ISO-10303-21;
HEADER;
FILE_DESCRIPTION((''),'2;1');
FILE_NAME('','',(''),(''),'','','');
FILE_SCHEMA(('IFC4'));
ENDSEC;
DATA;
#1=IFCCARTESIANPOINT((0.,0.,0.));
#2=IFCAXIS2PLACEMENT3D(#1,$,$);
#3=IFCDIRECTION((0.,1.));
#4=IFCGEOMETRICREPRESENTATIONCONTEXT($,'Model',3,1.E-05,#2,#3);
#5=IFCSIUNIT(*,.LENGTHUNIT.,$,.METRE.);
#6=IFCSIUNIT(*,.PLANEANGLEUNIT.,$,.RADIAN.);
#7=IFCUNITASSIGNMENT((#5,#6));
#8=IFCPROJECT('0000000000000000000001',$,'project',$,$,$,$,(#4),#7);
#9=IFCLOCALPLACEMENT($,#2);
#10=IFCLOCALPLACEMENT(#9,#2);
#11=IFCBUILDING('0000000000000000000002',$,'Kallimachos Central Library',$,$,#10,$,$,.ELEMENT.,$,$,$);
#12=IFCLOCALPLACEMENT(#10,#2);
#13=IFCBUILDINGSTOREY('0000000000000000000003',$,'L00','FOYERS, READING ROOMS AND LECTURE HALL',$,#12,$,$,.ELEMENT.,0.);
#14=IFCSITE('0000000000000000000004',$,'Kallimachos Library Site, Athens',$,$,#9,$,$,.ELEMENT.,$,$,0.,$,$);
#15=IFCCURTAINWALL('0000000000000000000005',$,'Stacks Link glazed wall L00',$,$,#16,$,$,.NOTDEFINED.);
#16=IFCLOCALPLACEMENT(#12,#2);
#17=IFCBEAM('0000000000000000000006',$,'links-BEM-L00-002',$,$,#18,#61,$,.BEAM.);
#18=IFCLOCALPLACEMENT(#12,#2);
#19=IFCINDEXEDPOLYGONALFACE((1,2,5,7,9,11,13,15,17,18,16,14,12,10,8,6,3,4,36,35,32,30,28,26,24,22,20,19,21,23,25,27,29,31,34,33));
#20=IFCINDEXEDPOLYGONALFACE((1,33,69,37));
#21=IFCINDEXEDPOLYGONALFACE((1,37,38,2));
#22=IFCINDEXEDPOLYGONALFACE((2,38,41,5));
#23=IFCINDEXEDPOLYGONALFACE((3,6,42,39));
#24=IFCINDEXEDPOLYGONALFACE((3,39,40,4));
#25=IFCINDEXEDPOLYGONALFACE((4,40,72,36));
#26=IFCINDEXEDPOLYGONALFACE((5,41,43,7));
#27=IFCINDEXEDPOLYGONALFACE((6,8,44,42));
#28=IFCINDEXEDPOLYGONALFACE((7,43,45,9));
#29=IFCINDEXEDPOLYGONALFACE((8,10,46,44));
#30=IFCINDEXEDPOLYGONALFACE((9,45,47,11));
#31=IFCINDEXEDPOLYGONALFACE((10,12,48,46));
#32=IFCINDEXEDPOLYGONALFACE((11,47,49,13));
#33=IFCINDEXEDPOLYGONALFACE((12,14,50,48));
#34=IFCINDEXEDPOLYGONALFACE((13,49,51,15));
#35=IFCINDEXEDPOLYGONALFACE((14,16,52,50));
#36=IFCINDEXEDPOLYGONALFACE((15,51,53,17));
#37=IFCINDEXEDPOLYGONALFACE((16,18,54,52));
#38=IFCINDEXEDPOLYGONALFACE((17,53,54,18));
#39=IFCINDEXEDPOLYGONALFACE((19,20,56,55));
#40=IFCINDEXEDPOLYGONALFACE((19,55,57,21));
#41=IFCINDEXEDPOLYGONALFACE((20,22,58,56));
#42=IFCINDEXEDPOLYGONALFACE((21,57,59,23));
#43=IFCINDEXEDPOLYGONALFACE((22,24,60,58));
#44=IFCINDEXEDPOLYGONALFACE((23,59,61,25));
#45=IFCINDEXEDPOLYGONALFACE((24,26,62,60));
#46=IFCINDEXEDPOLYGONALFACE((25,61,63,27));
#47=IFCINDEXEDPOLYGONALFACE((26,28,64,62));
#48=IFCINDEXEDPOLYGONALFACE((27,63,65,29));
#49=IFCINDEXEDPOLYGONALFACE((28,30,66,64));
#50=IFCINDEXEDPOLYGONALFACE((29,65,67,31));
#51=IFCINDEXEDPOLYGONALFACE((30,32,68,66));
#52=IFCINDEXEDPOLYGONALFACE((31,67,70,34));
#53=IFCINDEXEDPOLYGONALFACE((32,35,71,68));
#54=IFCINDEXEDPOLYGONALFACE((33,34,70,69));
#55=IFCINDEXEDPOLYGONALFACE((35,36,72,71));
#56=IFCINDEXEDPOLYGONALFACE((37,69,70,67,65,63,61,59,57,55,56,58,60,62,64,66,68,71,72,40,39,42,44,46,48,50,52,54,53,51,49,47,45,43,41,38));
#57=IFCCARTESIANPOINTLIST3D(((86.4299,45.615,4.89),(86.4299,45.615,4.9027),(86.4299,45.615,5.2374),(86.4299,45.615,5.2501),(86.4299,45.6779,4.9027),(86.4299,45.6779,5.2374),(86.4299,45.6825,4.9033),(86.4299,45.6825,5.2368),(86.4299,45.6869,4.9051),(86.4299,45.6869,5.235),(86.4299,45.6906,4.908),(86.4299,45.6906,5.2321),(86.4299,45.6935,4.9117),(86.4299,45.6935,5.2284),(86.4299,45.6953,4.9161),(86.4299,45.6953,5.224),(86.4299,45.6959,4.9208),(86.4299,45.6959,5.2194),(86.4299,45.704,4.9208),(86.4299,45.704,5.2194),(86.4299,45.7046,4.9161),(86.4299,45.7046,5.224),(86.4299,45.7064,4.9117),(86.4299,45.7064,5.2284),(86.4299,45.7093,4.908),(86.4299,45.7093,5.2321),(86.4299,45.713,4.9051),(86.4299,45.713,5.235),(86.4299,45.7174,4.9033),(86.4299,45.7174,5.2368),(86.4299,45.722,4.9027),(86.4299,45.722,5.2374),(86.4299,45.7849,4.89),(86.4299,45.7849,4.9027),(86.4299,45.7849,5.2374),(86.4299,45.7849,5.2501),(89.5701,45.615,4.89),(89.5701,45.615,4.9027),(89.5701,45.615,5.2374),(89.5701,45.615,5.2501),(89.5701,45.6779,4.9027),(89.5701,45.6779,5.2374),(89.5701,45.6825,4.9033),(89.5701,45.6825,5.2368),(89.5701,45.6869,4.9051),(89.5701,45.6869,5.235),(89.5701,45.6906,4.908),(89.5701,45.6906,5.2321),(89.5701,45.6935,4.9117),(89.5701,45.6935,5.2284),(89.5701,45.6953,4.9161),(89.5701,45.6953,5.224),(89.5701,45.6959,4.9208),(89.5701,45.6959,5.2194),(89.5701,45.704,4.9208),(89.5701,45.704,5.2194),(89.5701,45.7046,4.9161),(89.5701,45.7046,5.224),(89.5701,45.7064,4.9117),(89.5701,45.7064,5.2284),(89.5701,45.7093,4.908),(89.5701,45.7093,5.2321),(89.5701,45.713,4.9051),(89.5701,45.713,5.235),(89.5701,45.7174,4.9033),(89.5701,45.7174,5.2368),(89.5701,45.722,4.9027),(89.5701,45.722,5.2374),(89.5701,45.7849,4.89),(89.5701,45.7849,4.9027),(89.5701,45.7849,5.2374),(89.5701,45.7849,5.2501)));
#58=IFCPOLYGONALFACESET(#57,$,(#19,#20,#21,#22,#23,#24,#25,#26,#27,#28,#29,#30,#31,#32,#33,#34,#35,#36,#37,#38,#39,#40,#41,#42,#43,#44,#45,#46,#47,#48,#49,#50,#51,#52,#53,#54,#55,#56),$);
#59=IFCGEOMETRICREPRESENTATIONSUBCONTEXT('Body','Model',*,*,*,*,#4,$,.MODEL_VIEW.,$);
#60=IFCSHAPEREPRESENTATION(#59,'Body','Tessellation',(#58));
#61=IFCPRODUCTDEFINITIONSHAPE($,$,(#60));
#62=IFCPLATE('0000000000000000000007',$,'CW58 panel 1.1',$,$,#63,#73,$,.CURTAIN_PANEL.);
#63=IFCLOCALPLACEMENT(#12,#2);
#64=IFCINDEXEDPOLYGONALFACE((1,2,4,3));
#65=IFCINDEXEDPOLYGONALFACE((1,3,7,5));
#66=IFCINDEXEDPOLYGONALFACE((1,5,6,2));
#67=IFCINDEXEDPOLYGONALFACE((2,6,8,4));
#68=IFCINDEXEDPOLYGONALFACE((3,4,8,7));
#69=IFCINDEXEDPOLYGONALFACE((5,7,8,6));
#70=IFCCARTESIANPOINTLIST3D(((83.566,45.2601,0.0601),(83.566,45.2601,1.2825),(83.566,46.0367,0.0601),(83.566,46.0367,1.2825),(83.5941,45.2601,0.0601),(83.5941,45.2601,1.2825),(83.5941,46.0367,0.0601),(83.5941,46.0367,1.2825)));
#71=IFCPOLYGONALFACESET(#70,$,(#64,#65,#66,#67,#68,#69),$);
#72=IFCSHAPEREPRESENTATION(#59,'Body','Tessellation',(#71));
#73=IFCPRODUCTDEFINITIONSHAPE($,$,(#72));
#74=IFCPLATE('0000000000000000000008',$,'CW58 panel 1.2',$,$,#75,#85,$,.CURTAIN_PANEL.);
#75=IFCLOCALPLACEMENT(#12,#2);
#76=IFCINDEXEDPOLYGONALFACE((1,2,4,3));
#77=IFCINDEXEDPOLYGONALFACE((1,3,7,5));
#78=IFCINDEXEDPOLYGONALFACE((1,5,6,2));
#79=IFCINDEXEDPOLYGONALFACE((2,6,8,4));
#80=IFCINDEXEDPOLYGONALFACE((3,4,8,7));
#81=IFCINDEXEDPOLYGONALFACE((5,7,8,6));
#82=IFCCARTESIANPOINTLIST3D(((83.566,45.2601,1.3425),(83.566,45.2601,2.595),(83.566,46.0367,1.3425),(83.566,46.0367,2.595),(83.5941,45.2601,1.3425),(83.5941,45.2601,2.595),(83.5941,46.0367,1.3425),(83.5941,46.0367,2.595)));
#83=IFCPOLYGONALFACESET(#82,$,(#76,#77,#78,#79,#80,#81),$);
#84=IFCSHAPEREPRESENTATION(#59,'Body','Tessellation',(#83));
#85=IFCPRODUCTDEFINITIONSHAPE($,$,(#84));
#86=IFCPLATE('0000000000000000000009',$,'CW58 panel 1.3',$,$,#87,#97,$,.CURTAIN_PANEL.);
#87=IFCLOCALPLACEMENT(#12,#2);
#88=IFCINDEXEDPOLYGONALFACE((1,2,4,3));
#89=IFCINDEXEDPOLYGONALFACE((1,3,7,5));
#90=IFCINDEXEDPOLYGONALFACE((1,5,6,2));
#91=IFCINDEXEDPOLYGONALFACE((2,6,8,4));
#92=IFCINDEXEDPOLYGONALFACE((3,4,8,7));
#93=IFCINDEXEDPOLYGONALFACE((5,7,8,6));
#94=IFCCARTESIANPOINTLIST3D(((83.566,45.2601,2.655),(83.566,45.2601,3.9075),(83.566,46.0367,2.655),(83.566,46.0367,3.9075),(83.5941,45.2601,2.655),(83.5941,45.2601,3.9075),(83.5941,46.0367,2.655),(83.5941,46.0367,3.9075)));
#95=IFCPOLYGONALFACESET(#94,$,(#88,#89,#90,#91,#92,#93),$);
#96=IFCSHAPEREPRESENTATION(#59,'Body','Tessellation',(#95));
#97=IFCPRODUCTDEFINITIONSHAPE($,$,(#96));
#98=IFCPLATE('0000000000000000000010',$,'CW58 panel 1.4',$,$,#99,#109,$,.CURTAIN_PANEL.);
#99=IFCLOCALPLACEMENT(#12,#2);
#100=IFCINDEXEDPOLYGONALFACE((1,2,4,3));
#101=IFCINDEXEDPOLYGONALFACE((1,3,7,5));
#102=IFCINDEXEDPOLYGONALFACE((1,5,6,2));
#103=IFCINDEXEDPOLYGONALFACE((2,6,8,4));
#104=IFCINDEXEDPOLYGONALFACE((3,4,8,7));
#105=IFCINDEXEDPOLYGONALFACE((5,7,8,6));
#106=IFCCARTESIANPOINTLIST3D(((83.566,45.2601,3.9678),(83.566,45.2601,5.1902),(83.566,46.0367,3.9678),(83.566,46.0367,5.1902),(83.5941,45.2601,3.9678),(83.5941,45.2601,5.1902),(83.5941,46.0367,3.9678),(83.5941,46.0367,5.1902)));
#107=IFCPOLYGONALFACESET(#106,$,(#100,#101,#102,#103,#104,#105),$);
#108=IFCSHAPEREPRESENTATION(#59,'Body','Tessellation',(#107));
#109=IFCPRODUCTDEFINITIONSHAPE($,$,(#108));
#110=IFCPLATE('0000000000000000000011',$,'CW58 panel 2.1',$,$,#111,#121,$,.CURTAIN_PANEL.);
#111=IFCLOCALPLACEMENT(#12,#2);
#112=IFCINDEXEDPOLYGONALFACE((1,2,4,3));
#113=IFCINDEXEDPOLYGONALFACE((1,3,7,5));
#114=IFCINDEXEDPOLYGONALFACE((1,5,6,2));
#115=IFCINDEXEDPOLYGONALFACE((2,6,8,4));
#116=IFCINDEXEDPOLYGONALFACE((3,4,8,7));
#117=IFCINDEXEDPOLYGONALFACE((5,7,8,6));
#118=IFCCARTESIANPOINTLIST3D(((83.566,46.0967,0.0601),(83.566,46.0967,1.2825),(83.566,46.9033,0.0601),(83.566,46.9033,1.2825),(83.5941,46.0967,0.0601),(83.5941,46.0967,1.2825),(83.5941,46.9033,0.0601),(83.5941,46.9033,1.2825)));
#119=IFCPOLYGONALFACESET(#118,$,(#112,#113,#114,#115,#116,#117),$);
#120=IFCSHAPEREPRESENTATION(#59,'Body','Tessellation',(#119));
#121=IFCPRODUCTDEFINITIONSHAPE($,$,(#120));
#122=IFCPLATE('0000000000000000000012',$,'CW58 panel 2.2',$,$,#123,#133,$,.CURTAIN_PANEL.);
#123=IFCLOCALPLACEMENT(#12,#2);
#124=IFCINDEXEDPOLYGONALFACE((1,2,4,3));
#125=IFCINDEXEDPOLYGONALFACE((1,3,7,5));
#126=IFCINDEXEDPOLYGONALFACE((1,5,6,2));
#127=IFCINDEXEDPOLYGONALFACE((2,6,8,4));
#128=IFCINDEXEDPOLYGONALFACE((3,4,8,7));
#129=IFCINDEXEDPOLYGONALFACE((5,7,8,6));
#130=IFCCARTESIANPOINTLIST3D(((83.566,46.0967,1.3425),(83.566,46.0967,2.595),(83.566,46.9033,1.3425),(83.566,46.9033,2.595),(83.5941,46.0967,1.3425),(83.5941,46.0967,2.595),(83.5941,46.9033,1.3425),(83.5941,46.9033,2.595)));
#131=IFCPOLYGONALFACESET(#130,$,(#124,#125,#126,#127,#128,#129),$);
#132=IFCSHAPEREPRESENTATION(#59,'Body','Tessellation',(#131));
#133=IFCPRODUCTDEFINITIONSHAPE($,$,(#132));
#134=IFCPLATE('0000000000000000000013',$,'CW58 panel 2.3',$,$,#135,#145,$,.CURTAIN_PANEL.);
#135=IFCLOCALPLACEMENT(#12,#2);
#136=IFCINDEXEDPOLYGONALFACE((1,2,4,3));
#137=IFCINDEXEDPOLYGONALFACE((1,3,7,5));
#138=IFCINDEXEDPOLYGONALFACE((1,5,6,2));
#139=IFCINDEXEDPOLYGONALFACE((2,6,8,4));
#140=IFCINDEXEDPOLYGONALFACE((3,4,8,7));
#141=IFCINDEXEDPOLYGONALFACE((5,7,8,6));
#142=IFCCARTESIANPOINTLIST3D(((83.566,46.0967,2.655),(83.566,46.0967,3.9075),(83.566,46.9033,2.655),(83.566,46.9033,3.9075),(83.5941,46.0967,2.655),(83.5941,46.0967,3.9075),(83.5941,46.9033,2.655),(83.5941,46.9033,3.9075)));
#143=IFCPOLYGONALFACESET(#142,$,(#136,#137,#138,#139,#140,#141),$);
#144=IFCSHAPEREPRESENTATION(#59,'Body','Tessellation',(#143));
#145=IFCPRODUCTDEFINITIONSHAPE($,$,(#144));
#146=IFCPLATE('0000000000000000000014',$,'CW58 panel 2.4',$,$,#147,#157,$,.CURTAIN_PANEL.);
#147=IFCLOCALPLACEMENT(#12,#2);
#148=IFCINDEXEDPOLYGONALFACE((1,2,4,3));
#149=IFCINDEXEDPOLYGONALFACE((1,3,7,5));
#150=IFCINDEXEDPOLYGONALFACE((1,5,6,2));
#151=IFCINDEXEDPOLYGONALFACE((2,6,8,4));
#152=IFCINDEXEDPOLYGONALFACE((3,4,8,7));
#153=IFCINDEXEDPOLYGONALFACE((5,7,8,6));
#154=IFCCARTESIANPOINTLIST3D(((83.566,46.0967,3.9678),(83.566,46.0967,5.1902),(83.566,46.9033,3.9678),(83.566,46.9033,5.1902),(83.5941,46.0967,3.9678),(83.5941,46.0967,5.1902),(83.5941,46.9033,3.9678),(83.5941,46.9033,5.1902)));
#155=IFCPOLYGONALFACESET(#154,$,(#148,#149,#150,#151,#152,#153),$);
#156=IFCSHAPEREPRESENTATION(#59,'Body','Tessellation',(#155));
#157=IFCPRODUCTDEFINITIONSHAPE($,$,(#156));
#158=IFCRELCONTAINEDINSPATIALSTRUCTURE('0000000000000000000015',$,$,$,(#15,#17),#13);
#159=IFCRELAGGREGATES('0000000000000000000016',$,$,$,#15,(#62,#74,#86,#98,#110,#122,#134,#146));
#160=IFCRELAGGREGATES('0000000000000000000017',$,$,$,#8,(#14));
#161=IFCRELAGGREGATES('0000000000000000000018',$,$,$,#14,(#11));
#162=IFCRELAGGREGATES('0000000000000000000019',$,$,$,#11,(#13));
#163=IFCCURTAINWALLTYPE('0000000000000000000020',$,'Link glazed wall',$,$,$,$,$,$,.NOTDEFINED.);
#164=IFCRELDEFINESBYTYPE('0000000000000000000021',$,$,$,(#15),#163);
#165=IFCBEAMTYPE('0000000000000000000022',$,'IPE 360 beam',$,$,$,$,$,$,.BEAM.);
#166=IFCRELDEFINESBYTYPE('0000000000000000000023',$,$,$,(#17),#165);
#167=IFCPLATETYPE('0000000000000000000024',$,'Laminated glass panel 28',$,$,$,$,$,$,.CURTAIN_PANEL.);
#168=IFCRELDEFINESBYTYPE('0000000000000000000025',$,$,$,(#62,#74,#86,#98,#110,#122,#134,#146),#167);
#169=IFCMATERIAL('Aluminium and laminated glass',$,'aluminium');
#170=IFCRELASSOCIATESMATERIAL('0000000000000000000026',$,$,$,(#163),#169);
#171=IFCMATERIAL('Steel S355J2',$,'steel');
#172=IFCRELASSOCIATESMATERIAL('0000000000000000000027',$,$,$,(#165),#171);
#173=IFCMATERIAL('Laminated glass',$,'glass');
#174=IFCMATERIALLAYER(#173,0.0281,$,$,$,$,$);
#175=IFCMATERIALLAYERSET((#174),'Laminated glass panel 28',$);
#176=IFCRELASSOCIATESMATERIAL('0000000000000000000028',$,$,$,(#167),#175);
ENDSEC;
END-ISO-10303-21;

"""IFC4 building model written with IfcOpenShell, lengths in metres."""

from ifc_helpers import new_model, si_unit, direction, frame, origin, origin_2d, place, context, subcontext, project, spatial, rectangle, i_section, extrude, material, layer, layer_set, material_profile, profile_set, type_object, element, aggregate, save


model = new_model("IFC4")

# Units and contexts
model_context = context("Model", 3, precision=1e-05, world=origin(), true_north=direction((0.0, 1.0)))
body_context = subcontext(model_context, "Body", "Model", "MODEL_VIEW")
ifc_project = project(units=[si_unit("LENGTHUNIT", "METRE"), si_unit("PLANEANGLEUNIT", "RADIAN")], contexts=[model_context])

# Site, building, storey
site_placement = place(None, origin())
site = spatial("IfcSite", under=ifc_project, at=site_placement, Name="Kallimachos Library Site, Athens", CompositionType="ELEMENT", RefElevation=0.0)
building_placement = place(site_placement, origin())
building = spatial("IfcBuilding", under=site, at=building_placement, Name="Kallimachos Central Library", CompositionType="ELEMENT")
storey_placement = place(building_placement, origin())
storey = spatial("IfcBuildingStorey", under=building, at=storey_placement, Name="L00", Description="FOYERS, READING ROOMS AND LECTURE HALL", CompositionType="ELEMENT", Elevation=0.0)

# Curtain wall
ifc_material_1 = material(Name="Aluminium and laminated glass", Category="aluminium")
curtain_wall_type = type_object("IfcCurtainWallType", Name="Link glazed wall", PredefinedType="NOTDEFINED", material=ifc_material_1)
curtain_wall_placement = place(storey_placement, origin())
curtain_wall = element("IfcCurtainWall", 1, at=curtain_wall_placement, inside=storey, type_object=curtain_wall_type, Name="Stacks Link glazed wall L00", PredefinedType="NOTDEFINED")

# Beam
ifc_material_2 = material(Name="Steel S355J2", Category="steel")
ifc_material_profile_1 = material_profile(ifc_material_2, i_section(OverallWidth=0.1699, OverallDepth=0.3601, WebThickness=0.0081, FlangeThickness=0.0127, FilletRadius=0.0181, at=origin_2d()), Name="IPE 360")
ifc_profile_set_1 = profile_set([ifc_material_profile_1], Name="Steel S355J2")
beam_type_1 = type_object("IfcBeamType", Name="IPE 360 beam", PredefinedType="BEAM", material=ifc_profile_set_1)
beam_1_placement = place(storey_placement, frame((86.4299, 45.7, 5.0701), z_axis=(1.0, 0.0, 0.0), x_axis=(0.0, 1.0, 0.0)))
element("IfcBeam", 2, at=beam_1_placement, inside=storey, type_object=beam_type_1, Name="links-BEM-L00-002", PredefinedType="BEAM", context=body_context, shape_type="SweptSolid", body=[
    extrude(i_section(OverallWidth=0.1699, OverallDepth=0.3601, WebThickness=0.0081, FlangeThickness=0.0127, FilletRadius=0.0181, at=origin_2d()), origin(), (0.0, 0.0, 1.0), 3.1401),
])

# Plates
ifc_material_3 = material(Name="Laminated glass", Category="glass")
ifc_layer = layer(ifc_material_3, 0.0281)
ifc_layer_set = layer_set([ifc_layer], Name="Laminated glass panel 28")
plate_type = type_object("IfcPlateType", Name="Laminated glass panel 28", PredefinedType="CURTAIN_PANEL", material=ifc_layer_set)
plate_1_placement = place(storey_placement, frame((83.5801, 45.6484, 0.0601), z_axis=(0.0, 0.0, 1.0), x_axis=(0.0, 1.0, 0.0)))
plate_1 = element("IfcPlate", 3, at=plate_1_placement, type_object=plate_type, Name="CW58 panel 1.1", PredefinedType="CURTAIN_PANEL", context=body_context, shape_type="SweptSolid", body=[
    extrude(rectangle(XDim=0.7766, YDim=0.0281, at=origin_2d()), origin(), (0.0, 0.0, 1.0), 1.2224),
])
plate_2_placement = place(storey_placement, frame((83.5801, 45.6484, 1.3425), z_axis=(0.0, 0.0, 1.0), x_axis=(0.0, 1.0, 0.0)))
plate_2 = element("IfcPlate", 4, at=plate_2_placement, type_object=plate_type, Name="CW58 panel 1.2", PredefinedType="CURTAIN_PANEL", context=body_context, shape_type="SweptSolid", body=[
    extrude(rectangle(XDim=0.7766, YDim=0.0281, at=origin_2d()), origin(), (0.0, 0.0, 1.0), 1.2524),
])
plate_3_placement = place(storey_placement, frame((83.5801, 45.6484, 2.655), z_axis=(0.0, 0.0, 1.0), x_axis=(0.0, 1.0, 0.0)))
plate_3 = element("IfcPlate", 5, at=plate_3_placement, type_object=plate_type, Name="CW58 panel 1.3", PredefinedType="CURTAIN_PANEL", context=body_context, shape_type="SweptSolid", body=[
    extrude(rectangle(XDim=0.7766, YDim=0.0281, at=origin_2d()), origin(), (0.0, 0.0, 1.0), 1.2524),
])
plate_4_placement = place(storey_placement, frame((83.5801, 45.6484, 3.9678), z_axis=(0.0, 0.0, 1.0), x_axis=(0.0, 1.0, 0.0)))
plate_4 = element("IfcPlate", 6, at=plate_4_placement, type_object=plate_type, Name="CW58 panel 1.4", PredefinedType="CURTAIN_PANEL", context=body_context, shape_type="SweptSolid", body=[
    extrude(rectangle(XDim=0.7766, YDim=0.0281, at=origin_2d()), origin(), (0.0, 0.0, 1.0), 1.2224),
])
plate_5_placement = place(storey_placement, frame((83.5801, 46.5, 0.0601), z_axis=(0.0, 0.0, 1.0), x_axis=(0.0, 1.0, 0.0)))
plate_5 = element("IfcPlate", 7, at=plate_5_placement, type_object=plate_type, Name="CW58 panel 2.1", PredefinedType="CURTAIN_PANEL", context=body_context, shape_type="SweptSolid", body=[
    extrude(rectangle(XDim=0.8066, YDim=0.0281, at=origin_2d()), origin(), (0.0, 0.0, 1.0), 1.2224),
])
plate_6_placement = place(storey_placement, frame((83.5801, 46.5, 1.3425), z_axis=(0.0, 0.0, 1.0), x_axis=(0.0, 1.0, 0.0)))
plate_6 = element("IfcPlate", 8, at=plate_6_placement, type_object=plate_type, Name="CW58 panel 2.2", PredefinedType="CURTAIN_PANEL", context=body_context, shape_type="SweptSolid", body=[
    extrude(rectangle(XDim=0.8066, YDim=0.0281, at=origin_2d()), origin(), (0.0, 0.0, 1.0), 1.2524),
])
plate_7_placement = place(storey_placement, frame((83.5801, 46.5, 2.655), z_axis=(0.0, 0.0, 1.0), x_axis=(0.0, 1.0, 0.0)))
plate_7 = element("IfcPlate", 9, at=plate_7_placement, type_object=plate_type, Name="CW58 panel 2.3", PredefinedType="CURTAIN_PANEL", context=body_context, shape_type="SweptSolid", body=[
    extrude(rectangle(XDim=0.8066, YDim=0.0281, at=origin_2d()), origin(), (0.0, 0.0, 1.0), 1.2524),
])
plate_8_placement = place(storey_placement, frame((83.5801, 46.5, 3.9678), z_axis=(0.0, 0.0, 1.0), x_axis=(0.0, 1.0, 0.0)))
plate_8 = element("IfcPlate", 10, at=plate_8_placement, type_object=plate_type, Name="CW58 panel 2.4", PredefinedType="CURTAIN_PANEL", context=body_context, shape_type="SweptSolid", body=[
    extrude(rectangle(XDim=0.8066, YDim=0.0281, at=origin_2d()), origin(), (0.0, 0.0, 1.0), 1.2224),
])
aggregate(curtain_wall, [plate_1, plate_2, plate_3, plate_4, plate_5, plate_6, plate_7, plate_8])

save(model, "model.ifc")
